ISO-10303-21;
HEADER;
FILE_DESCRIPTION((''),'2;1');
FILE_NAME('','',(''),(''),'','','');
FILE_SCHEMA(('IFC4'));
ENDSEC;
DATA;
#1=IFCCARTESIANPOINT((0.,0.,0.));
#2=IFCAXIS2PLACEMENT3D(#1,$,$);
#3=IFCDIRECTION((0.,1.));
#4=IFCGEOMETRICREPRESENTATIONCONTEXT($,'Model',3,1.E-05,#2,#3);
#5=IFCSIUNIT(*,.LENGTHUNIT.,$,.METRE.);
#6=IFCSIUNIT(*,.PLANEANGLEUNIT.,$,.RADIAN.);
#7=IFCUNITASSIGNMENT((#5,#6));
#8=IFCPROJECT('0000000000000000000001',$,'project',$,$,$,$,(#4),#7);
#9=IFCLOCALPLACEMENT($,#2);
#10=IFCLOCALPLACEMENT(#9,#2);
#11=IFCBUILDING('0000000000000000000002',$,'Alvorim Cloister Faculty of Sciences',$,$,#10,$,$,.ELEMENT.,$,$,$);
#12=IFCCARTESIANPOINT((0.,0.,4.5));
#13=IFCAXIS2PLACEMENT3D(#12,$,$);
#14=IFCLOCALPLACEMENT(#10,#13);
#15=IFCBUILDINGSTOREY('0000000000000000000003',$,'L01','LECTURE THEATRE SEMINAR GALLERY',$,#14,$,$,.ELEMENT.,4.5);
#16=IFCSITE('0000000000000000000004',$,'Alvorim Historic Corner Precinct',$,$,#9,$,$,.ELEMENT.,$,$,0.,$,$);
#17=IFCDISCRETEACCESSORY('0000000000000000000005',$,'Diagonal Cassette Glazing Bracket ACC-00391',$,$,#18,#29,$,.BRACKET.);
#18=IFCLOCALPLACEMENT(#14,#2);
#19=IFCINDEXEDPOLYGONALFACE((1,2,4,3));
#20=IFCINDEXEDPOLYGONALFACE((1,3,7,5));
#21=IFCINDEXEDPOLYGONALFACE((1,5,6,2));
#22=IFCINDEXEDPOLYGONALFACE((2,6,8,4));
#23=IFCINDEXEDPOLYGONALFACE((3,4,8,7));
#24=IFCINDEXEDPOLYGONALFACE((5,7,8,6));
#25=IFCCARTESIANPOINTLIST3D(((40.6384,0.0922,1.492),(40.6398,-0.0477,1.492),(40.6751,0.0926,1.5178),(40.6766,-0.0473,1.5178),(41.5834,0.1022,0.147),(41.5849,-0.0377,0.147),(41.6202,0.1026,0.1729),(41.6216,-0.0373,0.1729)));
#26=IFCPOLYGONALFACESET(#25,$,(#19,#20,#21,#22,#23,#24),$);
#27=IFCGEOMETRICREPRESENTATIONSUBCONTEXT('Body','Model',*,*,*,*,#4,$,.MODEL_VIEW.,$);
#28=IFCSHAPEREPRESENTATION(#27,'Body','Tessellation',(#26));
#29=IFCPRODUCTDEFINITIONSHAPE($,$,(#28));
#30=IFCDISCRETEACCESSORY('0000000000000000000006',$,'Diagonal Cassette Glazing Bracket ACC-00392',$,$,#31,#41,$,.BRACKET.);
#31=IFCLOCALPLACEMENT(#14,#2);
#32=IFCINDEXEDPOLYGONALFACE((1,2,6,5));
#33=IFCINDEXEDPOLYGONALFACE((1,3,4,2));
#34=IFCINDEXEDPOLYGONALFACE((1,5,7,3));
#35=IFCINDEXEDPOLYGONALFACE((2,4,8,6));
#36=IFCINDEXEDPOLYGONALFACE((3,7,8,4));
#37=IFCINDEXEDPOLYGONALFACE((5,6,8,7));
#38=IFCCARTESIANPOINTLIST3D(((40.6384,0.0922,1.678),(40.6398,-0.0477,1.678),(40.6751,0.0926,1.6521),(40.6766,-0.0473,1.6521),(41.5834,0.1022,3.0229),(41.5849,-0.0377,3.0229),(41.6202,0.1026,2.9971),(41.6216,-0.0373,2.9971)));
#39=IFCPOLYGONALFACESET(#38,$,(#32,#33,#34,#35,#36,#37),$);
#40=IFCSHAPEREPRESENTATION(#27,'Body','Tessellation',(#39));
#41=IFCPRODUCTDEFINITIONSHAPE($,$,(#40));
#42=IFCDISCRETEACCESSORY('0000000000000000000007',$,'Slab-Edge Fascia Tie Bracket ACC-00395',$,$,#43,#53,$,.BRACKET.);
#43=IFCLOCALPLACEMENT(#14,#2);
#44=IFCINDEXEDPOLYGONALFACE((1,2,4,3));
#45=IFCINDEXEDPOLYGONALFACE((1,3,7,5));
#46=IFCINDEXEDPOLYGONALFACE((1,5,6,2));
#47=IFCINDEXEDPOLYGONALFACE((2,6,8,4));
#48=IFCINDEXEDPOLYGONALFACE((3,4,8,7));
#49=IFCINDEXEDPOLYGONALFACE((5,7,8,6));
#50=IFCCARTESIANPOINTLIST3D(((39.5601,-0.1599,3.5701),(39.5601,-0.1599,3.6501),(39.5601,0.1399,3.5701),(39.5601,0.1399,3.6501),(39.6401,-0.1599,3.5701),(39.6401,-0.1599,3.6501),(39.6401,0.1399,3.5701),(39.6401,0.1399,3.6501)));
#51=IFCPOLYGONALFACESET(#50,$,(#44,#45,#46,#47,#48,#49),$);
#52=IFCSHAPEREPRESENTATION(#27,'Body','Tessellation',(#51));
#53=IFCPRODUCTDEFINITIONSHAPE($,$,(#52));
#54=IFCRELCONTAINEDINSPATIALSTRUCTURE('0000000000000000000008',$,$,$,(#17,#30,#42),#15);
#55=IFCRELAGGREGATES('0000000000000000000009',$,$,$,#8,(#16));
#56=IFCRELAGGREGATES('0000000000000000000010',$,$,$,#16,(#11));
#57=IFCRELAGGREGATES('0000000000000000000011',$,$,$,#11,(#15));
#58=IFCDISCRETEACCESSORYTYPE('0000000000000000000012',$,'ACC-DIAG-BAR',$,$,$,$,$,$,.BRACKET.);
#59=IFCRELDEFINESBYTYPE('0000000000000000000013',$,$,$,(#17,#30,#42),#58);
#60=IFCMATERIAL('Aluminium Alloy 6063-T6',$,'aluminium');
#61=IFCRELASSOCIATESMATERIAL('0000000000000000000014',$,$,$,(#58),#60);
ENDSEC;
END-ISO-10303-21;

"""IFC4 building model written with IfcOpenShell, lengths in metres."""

from ifc_helpers import new_model, si_unit, direction, frame, origin, origin_2d, place, context, subcontext, project, spatial, rectangle, extrude, material, type_object, element, save


model = new_model("IFC4")

# Units and contexts
model_context = context("Model", 3, precision=1e-05, world=origin(), true_north=direction((0.0, 1.0)))
body_context = subcontext(model_context, "Body", "Model", "MODEL_VIEW")
ifc_project = project(units=[si_unit("LENGTHUNIT", "METRE"), si_unit("PLANEANGLEUNIT", "RADIAN")], contexts=[model_context])

# Site, building, storey
site_placement = place(None, origin())
site = spatial("IfcSite", under=ifc_project, at=site_placement, Name="Alvorim Historic Corner Precinct", CompositionType="ELEMENT", RefElevation=0.0)
building_placement = place(site_placement, origin())
building = spatial("IfcBuilding", under=site, at=building_placement, Name="Alvorim Cloister Faculty of Sciences", CompositionType="ELEMENT")
storey_placement = place(building_placement, frame((0.0, 0.0, 4.5)))
storey = spatial("IfcBuildingStorey", under=building, at=storey_placement, Name="L01", Description="LECTURE THEATRE SEMINAR GALLERY", CompositionType="ELEMENT", Elevation=4.5)

# Shared definitions
ifc_material_1 = material(Name="Aluminium Alloy 6063-T6", Category="aluminium")

# Discrete accessories
discrete_accessory_type = type_object("IfcDiscreteAccessoryType", Name="ACC-DIAG-BAR", PredefinedType="BRACKET", material=ifc_material_1)
for number, where, z_axis, x_axis, name in (
    (1, (40.6575, 0.0225, 1.5049), (0.574916, 0.006089, -0.81819), (-0.010591, 0.999944, 0.0), "Diagonal Cassette Glazing Bracket ACC-00391"),
    (2, (40.6575, 0.0225, 1.665), (0.574916, 0.006089, 0.81819), (-0.010591, 0.999944, 0.0), "Diagonal Cassette Glazing Bracket ACC-00392"),
):
    element("IfcDiscreteAccessory", number, at=place(storey_placement, frame(where, z_axis=z_axis, x_axis=x_axis)), inside=storey, type_object=discrete_accessory_type, Name=name, PredefinedType="BRACKET", context=body_context, shape_type="SweptSolid", body=[
        extrude(rectangle(XDim=0.1399, YDim=0.0449, at=origin_2d()), origin(), (0.0, 0.0, 1.0), 1.6438),
    ])
discrete_accessory_placement = place(storey_placement, frame((39.6001, 0.1399, 3.6101), z_axis=(0.0, -1.0, 0.0), x_axis=(1.0, 0.0, 0.0)))
element("IfcDiscreteAccessory", 3, at=discrete_accessory_placement, inside=storey, type_object=discrete_accessory_type, Name="Slab-Edge Fascia Tie Bracket ACC-00395", PredefinedType="BRACKET", context=body_context, shape_type="SweptSolid", body=[
    extrude(rectangle(XDim=0.0801, YDim=0.0801, at=origin_2d()), origin(), (0.0, 0.0, 1.0), 0.2998),
])

save(model, "model.ifc")
